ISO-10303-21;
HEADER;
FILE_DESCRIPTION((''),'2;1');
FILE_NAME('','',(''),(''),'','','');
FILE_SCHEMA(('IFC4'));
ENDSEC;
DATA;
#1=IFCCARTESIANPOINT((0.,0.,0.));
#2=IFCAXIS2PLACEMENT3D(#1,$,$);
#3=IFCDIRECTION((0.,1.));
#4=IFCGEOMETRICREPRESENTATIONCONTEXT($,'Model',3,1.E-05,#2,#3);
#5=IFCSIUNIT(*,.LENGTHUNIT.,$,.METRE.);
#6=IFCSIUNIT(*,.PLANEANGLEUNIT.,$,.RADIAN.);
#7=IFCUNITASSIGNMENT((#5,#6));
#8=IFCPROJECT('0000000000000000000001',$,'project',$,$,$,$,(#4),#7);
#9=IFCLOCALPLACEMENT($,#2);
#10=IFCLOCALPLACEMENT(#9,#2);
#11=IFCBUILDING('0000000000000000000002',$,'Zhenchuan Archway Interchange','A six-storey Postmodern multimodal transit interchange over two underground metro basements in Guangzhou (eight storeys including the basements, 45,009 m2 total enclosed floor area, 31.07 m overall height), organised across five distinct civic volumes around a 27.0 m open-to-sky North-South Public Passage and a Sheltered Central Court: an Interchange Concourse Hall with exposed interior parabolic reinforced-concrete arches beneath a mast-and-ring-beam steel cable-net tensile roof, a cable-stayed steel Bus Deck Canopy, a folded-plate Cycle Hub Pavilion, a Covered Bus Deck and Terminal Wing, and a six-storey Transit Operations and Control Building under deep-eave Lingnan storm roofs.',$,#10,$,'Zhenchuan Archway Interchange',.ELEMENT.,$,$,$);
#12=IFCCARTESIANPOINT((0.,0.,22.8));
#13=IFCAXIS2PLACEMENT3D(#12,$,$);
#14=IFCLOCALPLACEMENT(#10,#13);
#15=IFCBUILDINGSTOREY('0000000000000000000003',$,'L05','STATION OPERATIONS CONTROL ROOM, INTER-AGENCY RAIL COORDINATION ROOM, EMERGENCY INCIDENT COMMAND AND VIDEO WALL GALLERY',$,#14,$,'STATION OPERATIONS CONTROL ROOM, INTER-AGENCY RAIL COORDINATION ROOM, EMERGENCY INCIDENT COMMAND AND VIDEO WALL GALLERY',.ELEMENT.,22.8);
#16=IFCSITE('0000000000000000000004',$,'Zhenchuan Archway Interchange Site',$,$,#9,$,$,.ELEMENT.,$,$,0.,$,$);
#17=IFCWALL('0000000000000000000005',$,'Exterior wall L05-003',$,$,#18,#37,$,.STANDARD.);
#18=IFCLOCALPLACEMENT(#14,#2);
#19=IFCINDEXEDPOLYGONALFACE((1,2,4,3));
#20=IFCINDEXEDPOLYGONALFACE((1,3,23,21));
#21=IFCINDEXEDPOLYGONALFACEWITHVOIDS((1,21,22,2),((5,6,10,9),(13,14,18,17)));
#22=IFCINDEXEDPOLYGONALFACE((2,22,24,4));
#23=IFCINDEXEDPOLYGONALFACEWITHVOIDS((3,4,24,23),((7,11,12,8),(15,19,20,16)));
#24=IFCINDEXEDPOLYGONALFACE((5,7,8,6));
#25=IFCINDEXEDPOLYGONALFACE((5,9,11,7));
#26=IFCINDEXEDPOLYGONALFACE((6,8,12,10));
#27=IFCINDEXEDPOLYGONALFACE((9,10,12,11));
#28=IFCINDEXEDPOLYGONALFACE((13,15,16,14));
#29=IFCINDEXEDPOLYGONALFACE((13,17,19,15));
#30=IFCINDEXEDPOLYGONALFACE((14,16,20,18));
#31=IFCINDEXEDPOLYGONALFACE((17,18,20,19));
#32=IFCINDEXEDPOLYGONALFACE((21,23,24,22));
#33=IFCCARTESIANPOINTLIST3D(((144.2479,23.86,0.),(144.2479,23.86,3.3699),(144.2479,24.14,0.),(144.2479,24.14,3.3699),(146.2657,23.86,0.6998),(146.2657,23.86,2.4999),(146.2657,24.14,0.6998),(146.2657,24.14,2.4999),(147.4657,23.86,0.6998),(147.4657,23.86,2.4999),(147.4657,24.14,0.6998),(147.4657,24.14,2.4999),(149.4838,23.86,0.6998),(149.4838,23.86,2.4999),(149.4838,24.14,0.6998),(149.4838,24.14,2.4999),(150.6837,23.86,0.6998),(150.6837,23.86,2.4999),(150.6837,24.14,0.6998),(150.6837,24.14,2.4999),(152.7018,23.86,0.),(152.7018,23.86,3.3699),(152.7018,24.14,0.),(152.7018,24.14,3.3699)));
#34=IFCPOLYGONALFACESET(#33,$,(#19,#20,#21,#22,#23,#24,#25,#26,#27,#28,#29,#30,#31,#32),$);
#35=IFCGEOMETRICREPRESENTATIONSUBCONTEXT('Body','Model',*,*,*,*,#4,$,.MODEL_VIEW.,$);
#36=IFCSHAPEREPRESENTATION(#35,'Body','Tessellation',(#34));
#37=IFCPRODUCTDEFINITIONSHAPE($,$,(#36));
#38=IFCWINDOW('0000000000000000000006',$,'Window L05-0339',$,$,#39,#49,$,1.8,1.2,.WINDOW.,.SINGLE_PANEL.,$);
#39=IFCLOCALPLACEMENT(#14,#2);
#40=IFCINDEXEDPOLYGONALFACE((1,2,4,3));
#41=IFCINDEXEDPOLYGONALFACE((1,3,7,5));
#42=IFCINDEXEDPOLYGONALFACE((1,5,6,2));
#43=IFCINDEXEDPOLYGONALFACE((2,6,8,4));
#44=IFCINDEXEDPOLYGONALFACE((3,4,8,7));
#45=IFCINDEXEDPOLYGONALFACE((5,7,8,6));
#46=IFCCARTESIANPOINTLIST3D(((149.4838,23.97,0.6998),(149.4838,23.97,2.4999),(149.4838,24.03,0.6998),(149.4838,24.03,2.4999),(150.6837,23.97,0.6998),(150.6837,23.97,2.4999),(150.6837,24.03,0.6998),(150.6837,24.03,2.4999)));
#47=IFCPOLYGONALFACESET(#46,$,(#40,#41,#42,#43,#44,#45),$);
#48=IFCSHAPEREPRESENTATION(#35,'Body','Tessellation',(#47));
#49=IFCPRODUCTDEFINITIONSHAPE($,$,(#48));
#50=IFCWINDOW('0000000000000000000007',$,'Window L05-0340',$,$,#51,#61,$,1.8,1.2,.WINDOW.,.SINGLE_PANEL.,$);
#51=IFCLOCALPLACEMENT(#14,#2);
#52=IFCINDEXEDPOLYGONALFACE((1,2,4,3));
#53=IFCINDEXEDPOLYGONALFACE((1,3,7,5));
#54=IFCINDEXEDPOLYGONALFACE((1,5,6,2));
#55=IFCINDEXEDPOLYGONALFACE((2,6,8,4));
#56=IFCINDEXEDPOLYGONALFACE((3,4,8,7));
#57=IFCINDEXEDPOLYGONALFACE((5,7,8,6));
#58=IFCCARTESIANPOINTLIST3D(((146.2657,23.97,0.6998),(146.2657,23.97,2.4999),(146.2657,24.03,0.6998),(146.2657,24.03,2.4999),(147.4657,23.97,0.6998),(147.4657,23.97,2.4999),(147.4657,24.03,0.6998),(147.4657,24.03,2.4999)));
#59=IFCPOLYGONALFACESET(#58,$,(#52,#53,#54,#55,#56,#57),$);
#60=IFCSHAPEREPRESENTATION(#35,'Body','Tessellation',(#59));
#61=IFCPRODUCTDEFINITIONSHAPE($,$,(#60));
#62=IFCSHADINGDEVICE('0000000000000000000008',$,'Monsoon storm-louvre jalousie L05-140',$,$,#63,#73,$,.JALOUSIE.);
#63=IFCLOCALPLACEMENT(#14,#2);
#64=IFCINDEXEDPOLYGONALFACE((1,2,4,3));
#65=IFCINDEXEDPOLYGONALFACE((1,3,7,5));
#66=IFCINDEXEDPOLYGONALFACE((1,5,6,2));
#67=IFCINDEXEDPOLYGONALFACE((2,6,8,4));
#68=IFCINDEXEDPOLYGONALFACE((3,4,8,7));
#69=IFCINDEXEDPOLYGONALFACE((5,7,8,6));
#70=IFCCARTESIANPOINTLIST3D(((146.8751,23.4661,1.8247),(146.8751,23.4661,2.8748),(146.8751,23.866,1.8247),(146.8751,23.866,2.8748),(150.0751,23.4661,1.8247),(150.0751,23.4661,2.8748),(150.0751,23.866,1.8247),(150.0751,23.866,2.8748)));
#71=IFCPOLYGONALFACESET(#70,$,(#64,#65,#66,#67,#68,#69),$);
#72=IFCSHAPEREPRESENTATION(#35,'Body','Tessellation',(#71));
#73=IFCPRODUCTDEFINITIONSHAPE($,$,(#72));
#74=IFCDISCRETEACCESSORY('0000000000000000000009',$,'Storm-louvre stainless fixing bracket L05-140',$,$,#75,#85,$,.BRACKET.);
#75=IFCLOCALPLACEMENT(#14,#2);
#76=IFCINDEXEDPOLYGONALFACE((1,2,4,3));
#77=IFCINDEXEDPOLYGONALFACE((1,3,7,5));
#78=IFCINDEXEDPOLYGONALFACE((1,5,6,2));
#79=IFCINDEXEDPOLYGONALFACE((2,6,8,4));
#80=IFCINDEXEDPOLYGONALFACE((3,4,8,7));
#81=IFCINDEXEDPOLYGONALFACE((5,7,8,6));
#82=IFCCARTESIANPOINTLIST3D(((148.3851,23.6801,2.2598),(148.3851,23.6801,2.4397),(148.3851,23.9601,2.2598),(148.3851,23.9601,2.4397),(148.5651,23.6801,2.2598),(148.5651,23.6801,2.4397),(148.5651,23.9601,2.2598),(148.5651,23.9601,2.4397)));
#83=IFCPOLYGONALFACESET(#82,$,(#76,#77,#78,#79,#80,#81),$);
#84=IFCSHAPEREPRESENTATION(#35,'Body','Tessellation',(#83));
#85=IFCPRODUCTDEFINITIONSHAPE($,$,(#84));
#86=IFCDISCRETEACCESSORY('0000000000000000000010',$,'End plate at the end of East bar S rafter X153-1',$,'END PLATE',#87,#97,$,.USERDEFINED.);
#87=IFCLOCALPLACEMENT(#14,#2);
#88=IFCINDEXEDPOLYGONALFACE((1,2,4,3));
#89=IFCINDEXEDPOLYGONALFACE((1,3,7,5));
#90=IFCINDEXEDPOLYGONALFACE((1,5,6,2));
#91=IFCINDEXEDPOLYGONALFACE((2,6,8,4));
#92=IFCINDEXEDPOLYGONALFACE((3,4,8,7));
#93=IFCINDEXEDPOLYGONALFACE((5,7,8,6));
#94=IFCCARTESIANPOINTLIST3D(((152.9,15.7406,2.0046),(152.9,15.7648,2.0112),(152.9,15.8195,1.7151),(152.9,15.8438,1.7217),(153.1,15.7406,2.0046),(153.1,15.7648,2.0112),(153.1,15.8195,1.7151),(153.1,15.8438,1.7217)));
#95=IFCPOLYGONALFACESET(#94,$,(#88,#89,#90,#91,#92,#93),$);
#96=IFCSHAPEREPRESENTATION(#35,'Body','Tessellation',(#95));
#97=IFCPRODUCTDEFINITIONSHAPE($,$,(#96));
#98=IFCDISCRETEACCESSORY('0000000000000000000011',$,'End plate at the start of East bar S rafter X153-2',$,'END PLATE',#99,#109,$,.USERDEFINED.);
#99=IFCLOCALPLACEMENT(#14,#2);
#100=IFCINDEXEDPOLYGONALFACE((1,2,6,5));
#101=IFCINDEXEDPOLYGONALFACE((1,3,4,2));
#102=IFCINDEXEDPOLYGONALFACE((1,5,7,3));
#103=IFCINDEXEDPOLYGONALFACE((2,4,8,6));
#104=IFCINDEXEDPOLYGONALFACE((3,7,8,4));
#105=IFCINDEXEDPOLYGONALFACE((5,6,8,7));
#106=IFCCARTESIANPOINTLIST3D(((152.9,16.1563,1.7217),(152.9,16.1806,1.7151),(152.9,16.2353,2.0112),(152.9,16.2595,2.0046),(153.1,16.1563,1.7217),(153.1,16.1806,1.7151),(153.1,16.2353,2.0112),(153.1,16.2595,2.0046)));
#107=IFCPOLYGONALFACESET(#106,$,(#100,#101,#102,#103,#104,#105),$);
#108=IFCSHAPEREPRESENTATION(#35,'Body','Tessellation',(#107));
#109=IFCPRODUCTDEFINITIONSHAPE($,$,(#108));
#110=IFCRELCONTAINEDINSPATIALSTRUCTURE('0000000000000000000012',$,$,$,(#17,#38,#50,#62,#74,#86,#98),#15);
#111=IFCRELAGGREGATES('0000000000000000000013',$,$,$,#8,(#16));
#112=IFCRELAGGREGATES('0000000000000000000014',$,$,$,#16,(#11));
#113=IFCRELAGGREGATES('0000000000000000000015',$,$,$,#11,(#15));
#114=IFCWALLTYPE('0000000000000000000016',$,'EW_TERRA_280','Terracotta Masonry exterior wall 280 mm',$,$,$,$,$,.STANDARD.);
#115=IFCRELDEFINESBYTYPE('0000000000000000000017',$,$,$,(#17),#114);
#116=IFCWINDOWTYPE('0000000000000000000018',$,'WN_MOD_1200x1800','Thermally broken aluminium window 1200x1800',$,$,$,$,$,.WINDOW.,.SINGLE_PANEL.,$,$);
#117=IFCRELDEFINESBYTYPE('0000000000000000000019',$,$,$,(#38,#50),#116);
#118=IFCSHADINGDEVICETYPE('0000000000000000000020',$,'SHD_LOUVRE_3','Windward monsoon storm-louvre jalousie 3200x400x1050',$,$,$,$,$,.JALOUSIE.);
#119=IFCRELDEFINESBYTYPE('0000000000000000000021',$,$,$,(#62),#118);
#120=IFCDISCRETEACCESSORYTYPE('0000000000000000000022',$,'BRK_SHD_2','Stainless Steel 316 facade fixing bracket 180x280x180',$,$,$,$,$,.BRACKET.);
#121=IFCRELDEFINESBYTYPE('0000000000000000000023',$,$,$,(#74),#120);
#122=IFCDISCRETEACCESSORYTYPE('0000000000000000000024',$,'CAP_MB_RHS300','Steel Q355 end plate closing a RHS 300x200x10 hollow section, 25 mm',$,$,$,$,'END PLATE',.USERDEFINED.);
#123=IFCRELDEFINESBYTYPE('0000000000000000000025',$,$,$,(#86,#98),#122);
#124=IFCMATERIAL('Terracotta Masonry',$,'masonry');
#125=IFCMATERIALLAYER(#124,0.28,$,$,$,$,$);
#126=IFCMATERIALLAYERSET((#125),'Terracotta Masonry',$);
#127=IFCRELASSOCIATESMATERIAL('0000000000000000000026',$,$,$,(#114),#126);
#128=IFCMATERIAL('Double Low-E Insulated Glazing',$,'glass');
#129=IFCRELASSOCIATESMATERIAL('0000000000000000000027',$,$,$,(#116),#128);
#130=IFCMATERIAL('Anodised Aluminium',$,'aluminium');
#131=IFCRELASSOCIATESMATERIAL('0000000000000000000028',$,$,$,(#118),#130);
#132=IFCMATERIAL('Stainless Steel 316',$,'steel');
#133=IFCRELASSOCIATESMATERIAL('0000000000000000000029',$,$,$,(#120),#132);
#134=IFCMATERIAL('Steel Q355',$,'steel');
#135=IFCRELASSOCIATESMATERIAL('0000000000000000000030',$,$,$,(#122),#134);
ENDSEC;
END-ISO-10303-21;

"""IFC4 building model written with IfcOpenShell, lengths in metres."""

from ifc_helpers import new_model, si_unit, direction, frame, frame_2d, origin, origin_2d, place, context, subcontext, project, spatial, rectangle, extrude, material, layer, layer_set, type_object, element, fill, save


model = new_model("IFC4")

# Units and contexts
model_context = context("Model", 3, precision=1e-05, world=origin(), true_north=direction((0.0, 1.0)))
body_context = subcontext(model_context, "Body", "Model", "MODEL_VIEW")
ifc_project = project(units=[si_unit("LENGTHUNIT", "METRE"), si_unit("PLANEANGLEUNIT", "RADIAN")], contexts=[model_context])

# Site, building, storey
site_placement = place(None, origin())
site = spatial("IfcSite", under=ifc_project, at=site_placement, Name="Zhenchuan Archway Interchange Site", CompositionType="ELEMENT", RefElevation=0.0)
building_placement = place(site_placement, origin())
building = spatial("IfcBuilding", under=site, at=building_placement, Name="Zhenchuan Archway Interchange", Description="A six-storey Postmodern multimodal transit interchange over two underground metro basements in Guangzhou (eight storeys including the basements, 45,009 m2 total enclosed floor area, 31.07 m overall height), organised across five distinct civic volumes around a 27.0 m open-to-sky North-South Public Passage and a Sheltered Central Court: an Interchange Concourse Hall with exposed interior parabolic reinforced-concrete arches beneath a mast-and-ring-beam steel cable-net tensile roof, a cable-stayed steel Bus Deck Canopy, a folded-plate Cycle Hub Pavilion, a Covered Bus Deck and Terminal Wing, and a six-storey Transit Operations and Control Building under deep-eave Lingnan storm roofs.", LongName="Zhenchuan Archway Interchange", CompositionType="ELEMENT")
storey_placement = place(building_placement, frame((0.0, 0.0, 22.8)))
storey = spatial("IfcBuildingStorey", under=building, at=storey_placement, Name="L05", Description="STATION OPERATIONS CONTROL ROOM, INTER-AGENCY RAIL COORDINATION ROOM, EMERGENCY INCIDENT COMMAND AND VIDEO WALL GALLERY", LongName="STATION OPERATIONS CONTROL ROOM, INTER-AGENCY RAIL COORDINATION ROOM, EMERGENCY INCIDENT COMMAND AND VIDEO WALL GALLERY", CompositionType="ELEMENT", Elevation=22.8)

# Shared definitions
ifc_material_1 = material(Name="Steel Q355", Category="steel")

# Shared definitions
ifc_material_2 = material(Name="Anodised Aluminium", Category="aluminium")

# Shared definitions
ifc_material_3 = material(Name="Double Low-E Insulated Glazing", Category="glass")

# Wall, openings, windows
ifc_material_4 = material(Name="Terracotta Masonry", Category="masonry")
ifc_layer_1 = layer(ifc_material_4, 0.28)
ifc_layer_set_1 = layer_set([ifc_layer_1], Name="Terracotta Masonry")
wall_type = type_object("IfcWallType", Name="EW_TERRA_280", Description="Terracotta Masonry exterior wall 280 mm", PredefinedType="STANDARD", material=ifc_layer_set_1)
wall_placement = place(storey_placement, frame((152.7019, 24.0, 0.0), z_axis=(0.0, 0.0, 1.0), x_axis=(-1.0, 0.0, 0.0)))
wall = element("IfcWall", 1, at=wall_placement, inside=storey, type_object=wall_type, Name="Exterior wall L05-003", PredefinedType="STANDARD", context=body_context, shape_type="SweptSolid", body=[
    extrude(rectangle(XDim=8.4539, YDim=0.28, at=frame_2d((4.2271, 0.0))), origin(), (0.0, 0.0, 1.0), 3.3699),
])
opening_1_placement = place(wall_placement, frame((2.0181, 0.0, 0.7)))
opening_1 = element("IfcOpeningElement", 2, at=opening_1_placement, cuts=wall, PredefinedType="OPENING", context=body_context, shape_type="SweptSolid", body=[
    extrude(rectangle(XDim=1.2, YDim=1.8, at=frame_2d((0.6001, 0.8999))), frame((0.0, 0.1519, 0.0), z_axis=(0.0, -1.0, 0.0), x_axis=(1.0, 0.0, 0.0)), (0.0, 0.0, 1.0), 0.304),
])
opening_2_placement = place(wall_placement, frame((5.2361, 0.0, 0.7)))
opening_2 = element("IfcOpeningElement", 3, at=opening_2_placement, cuts=wall, PredefinedType="OPENING", context=body_context, shape_type="SweptSolid", body=[
    extrude(rectangle(XDim=1.2, YDim=1.8, at=frame_2d((0.6001, 0.8999))), frame((0.0, 0.1519, 0.0), z_axis=(0.0, -1.0, 0.0), x_axis=(1.0, 0.0, 0.0)), (0.0, 0.0, 1.0), 0.304),
])
window_type = type_object("IfcWindowType", Name="WN_MOD_1200x1800", Description="Thermally broken aluminium window 1200x1800", PartitioningType="SINGLE_PANEL", PredefinedType="WINDOW", material=ifc_material_3)
window_1_placement = place(opening_1_placement, origin())
window_1 = element("IfcWindow", 4, at=window_1_placement, inside=storey, type_object=window_type, Name="Window L05-0339", OverallHeight=1.8, OverallWidth=1.2, PartitioningType="SINGLE_PANEL", PredefinedType="WINDOW", context=body_context, shape_type="SweptSolid", body=[
    extrude(rectangle(XDim=1.2, YDim=1.8, at=frame_2d((0.6001, 0.8999))), frame((0.0, 0.03, 0.0), z_axis=(0.0, -1.0, 0.0), x_axis=(1.0, 0.0, 0.0)), (0.0, 0.0, 1.0), 0.0601),
])
fill(opening_1, window_1)
window_2_placement = place(opening_2_placement, origin())
window_2 = element("IfcWindow", 5, at=window_2_placement, inside=storey, type_object=window_type, Name="Window L05-0340", OverallHeight=1.8, OverallWidth=1.2, PartitioningType="SINGLE_PANEL", PredefinedType="WINDOW", context=body_context, shape_type="SweptSolid", body=[
    extrude(rectangle(XDim=1.2, YDim=1.8, at=frame_2d((0.6001, 0.8999))), frame((0.0, 0.03, 0.0), z_axis=(0.0, -1.0, 0.0), x_axis=(1.0, 0.0, 0.0)), (0.0, 0.0, 1.0), 0.0601),
])
fill(opening_2, window_2)

# Shading device
shading_device_type = type_object("IfcShadingDeviceType", Name="SHD_LOUVRE_3", Description="Windward monsoon storm-louvre jalousie 3200x400x1050", PredefinedType="JALOUSIE", material=ifc_material_2)
shading_device_placement = place(storey_placement, frame((148.4751, 23.666, 1.8247), z_axis=(0.0, 0.0, 1.0), x_axis=(-1.0, 0.0, 0.0)))
element("IfcShadingDevice", 6, at=shading_device_placement, inside=storey, type_object=shading_device_type, Name="Monsoon storm-louvre jalousie L05-140", PredefinedType="JALOUSIE", context=body_context, shape_type="SweptSolid", body=[
    extrude(rectangle(XDim=3.2, YDim=0.3999, at=origin_2d()), origin(), (0.0, 0.0, 1.0), 1.05),
])

# Discrete accessories
ifc_material_5 = material(Name="Stainless Steel 316", Category="steel")
discrete_accessory_type_1 = type_object("IfcDiscreteAccessoryType", Name="BRK_SHD_2", Description="Stainless Steel 316 facade fixing bracket 180x280x180", PredefinedType="BRACKET", material=ifc_material_5)
discrete_accessory_placement = place(storey_placement, frame((148.4751, 23.8201, 2.2598), z_axis=(0.0, 0.0, 1.0), x_axis=(-1.0, 0.0, 0.0)))
element("IfcDiscreteAccessory", 7, at=discrete_accessory_placement, inside=storey, type_object=discrete_accessory_type_1, Name="Storm-louvre stainless fixing bracket L05-140", PredefinedType="BRACKET", context=body_context, shape_type="SweptSolid", body=[
    extrude(rectangle(XDim=0.1799, YDim=0.28, at=origin_2d()), origin(), (0.0, 0.0, 1.0), 0.1799),
])
discrete_accessory_type_2 = type_object("IfcDiscreteAccessoryType", Name="CAP_MB_RHS300", Description="Steel Q355 end plate closing a RHS 300x200x10 hollow section, 25 mm", ElementType="END PLATE", PredefinedType="USERDEFINED", material=ifc_material_1)
for number, where, z_axis, x_axis, name in (
    (8, (153.0, 15.78, 1.8599), (0.0, 0.964764, 0.263117), (-1.0, 0.0, 0.0), "End plate at the end of East bar S rafter X153-1"),
    (9, (153.0, 16.1958, 1.8665), (0.0, 0.964764, -0.263117), (-1.0, 0.0, 0.0), "End plate at the start of East bar S rafter X153-2"),
):
    element("IfcDiscreteAccessory", number, at=place(storey_placement, frame(where, z_axis=z_axis, x_axis=x_axis)), inside=storey, type_object=discrete_accessory_type_2, Name=name, ObjectType="END PLATE", PredefinedType="USERDEFINED", context=body_context, shape_type="SweptSolid", body=[
        extrude(rectangle(XDim=0.2, YDim=0.3, at=origin_2d()), origin(), (0.0, 0.0, 1.0), 0.0251),
    ])

save(model, "model.ifc")
